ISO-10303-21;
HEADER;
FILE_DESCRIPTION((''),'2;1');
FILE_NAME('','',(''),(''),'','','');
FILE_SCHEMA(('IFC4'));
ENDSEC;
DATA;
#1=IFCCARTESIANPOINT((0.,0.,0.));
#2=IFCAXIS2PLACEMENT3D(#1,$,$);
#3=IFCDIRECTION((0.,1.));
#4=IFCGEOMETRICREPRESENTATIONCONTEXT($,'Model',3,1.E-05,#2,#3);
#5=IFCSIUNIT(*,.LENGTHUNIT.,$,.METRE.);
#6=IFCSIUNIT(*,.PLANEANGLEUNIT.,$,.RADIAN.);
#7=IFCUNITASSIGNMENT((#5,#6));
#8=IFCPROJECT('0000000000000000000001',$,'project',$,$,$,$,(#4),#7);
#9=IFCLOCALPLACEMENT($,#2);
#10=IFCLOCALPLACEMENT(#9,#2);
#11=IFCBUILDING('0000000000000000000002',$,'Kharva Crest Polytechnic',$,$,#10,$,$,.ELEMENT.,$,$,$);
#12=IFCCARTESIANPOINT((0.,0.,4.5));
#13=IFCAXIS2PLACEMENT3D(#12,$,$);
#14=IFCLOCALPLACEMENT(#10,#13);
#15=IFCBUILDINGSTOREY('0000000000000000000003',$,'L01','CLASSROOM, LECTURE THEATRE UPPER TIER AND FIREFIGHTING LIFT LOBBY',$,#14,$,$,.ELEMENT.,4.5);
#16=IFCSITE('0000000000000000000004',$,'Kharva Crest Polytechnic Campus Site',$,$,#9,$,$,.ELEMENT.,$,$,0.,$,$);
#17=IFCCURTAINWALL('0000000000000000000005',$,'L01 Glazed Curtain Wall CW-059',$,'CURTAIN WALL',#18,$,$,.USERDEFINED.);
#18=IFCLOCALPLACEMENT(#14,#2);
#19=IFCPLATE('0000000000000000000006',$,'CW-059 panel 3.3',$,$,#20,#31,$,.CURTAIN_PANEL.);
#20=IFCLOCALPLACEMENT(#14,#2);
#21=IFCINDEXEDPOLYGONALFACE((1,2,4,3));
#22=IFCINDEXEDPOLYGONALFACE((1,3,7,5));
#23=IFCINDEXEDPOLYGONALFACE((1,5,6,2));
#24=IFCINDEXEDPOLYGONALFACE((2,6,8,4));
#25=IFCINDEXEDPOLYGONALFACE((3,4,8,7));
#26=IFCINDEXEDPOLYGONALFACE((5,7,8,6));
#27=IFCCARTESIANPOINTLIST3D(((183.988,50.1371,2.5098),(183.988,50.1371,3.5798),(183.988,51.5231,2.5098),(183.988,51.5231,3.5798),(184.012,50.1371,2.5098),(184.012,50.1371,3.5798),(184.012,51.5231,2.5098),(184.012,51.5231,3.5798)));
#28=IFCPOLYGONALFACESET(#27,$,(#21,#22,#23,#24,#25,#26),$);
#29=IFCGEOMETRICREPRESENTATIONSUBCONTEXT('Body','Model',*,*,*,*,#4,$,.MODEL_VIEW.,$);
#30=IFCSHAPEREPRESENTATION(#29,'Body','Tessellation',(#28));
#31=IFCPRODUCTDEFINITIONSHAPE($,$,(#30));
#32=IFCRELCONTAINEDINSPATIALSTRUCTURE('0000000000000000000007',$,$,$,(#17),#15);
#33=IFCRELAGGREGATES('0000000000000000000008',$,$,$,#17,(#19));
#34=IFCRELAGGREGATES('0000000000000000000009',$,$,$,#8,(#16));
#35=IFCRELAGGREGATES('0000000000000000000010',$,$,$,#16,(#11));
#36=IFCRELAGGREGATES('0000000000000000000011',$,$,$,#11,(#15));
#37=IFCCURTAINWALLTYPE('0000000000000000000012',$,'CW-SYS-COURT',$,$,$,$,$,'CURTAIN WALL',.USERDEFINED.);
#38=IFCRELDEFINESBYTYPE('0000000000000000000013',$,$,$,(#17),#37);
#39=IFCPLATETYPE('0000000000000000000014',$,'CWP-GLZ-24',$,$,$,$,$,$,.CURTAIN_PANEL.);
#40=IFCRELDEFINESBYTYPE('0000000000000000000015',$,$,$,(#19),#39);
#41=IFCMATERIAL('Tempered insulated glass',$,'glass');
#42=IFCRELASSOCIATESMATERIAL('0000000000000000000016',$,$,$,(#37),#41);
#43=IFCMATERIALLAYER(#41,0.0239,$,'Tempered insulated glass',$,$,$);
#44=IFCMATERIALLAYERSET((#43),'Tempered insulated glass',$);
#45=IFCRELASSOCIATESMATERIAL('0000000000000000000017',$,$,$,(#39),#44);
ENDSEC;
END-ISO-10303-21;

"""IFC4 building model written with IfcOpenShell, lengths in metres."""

from ifc_helpers import new_model, si_unit, direction, frame, origin, origin_2d, place, context, subcontext, project, spatial, rectangle, extrude, material, layer, layer_set, type_object, element, aggregate, save


model = new_model("IFC4")

# Units and contexts
model_context = context("Model", 3, precision=1e-05, world=origin(), true_north=direction((0.0, 1.0)))
body_context = subcontext(model_context, "Body", "Model", "MODEL_VIEW")
ifc_project = project(units=[si_unit("LENGTHUNIT", "METRE"), si_unit("PLANEANGLEUNIT", "RADIAN")], contexts=[model_context])

# Site, building, storey
site_placement = place(None, origin())
site = spatial("IfcSite", under=ifc_project, at=site_placement, Name="Kharva Crest Polytechnic Campus Site", CompositionType="ELEMENT", RefElevation=0.0)
building_placement = place(site_placement, origin())
building = spatial("IfcBuilding", under=site, at=building_placement, Name="Kharva Crest Polytechnic", CompositionType="ELEMENT")
storey_placement = place(building_placement, frame((0.0, 0.0, 4.5)))
storey = spatial("IfcBuildingStorey", under=building, at=storey_placement, Name="L01", Description="CLASSROOM, LECTURE THEATRE UPPER TIER AND FIREFIGHTING LIFT LOBBY", CompositionType="ELEMENT", Elevation=4.5)

# Curtain wall, plate
ifc_material_1 = material(Name="Tempered insulated glass", Category="glass")
curtain_wall_type = type_object("IfcCurtainWallType", Name="CW-SYS-COURT", ElementType="CURTAIN WALL", PredefinedType="USERDEFINED", material=ifc_material_1)
curtain_wall_placement = place(storey_placement, origin())
curtain_wall = element("IfcCurtainWall", 1, at=curtain_wall_placement, inside=storey, type_object=curtain_wall_type, Name="L01 Glazed Curtain Wall CW-059", ObjectType="CURTAIN WALL", PredefinedType="USERDEFINED")
ifc_layer = layer(ifc_material_1, 0.0239, Name="Tempered insulated glass")
ifc_layer_set = layer_set([ifc_layer], Name="Tempered insulated glass")
plate_type = type_object("IfcPlateType", Name="CWP-GLZ-24", PredefinedType="CURTAIN_PANEL", material=ifc_layer_set)
plate_1_placement = place(storey_placement, frame((184.0, 50.8301, 2.5098), z_axis=(0.0, 0.0, 1.0), x_axis=(0.0, 1.0, 0.0)))
plate_1 = element("IfcPlate", 2, at=plate_1_placement, type_object=plate_type, Name="CW-059 panel 3.3", PredefinedType="CURTAIN_PANEL", context=body_context, shape_type="SweptSolid", body=[
    extrude(rectangle(XDim=1.386, YDim=0.0239, at=origin_2d()), origin(), (0.0, 0.0, 1.0), 1.0701),
])
aggregate(curtain_wall, [plate_1])

save(model, "model.ifc")
